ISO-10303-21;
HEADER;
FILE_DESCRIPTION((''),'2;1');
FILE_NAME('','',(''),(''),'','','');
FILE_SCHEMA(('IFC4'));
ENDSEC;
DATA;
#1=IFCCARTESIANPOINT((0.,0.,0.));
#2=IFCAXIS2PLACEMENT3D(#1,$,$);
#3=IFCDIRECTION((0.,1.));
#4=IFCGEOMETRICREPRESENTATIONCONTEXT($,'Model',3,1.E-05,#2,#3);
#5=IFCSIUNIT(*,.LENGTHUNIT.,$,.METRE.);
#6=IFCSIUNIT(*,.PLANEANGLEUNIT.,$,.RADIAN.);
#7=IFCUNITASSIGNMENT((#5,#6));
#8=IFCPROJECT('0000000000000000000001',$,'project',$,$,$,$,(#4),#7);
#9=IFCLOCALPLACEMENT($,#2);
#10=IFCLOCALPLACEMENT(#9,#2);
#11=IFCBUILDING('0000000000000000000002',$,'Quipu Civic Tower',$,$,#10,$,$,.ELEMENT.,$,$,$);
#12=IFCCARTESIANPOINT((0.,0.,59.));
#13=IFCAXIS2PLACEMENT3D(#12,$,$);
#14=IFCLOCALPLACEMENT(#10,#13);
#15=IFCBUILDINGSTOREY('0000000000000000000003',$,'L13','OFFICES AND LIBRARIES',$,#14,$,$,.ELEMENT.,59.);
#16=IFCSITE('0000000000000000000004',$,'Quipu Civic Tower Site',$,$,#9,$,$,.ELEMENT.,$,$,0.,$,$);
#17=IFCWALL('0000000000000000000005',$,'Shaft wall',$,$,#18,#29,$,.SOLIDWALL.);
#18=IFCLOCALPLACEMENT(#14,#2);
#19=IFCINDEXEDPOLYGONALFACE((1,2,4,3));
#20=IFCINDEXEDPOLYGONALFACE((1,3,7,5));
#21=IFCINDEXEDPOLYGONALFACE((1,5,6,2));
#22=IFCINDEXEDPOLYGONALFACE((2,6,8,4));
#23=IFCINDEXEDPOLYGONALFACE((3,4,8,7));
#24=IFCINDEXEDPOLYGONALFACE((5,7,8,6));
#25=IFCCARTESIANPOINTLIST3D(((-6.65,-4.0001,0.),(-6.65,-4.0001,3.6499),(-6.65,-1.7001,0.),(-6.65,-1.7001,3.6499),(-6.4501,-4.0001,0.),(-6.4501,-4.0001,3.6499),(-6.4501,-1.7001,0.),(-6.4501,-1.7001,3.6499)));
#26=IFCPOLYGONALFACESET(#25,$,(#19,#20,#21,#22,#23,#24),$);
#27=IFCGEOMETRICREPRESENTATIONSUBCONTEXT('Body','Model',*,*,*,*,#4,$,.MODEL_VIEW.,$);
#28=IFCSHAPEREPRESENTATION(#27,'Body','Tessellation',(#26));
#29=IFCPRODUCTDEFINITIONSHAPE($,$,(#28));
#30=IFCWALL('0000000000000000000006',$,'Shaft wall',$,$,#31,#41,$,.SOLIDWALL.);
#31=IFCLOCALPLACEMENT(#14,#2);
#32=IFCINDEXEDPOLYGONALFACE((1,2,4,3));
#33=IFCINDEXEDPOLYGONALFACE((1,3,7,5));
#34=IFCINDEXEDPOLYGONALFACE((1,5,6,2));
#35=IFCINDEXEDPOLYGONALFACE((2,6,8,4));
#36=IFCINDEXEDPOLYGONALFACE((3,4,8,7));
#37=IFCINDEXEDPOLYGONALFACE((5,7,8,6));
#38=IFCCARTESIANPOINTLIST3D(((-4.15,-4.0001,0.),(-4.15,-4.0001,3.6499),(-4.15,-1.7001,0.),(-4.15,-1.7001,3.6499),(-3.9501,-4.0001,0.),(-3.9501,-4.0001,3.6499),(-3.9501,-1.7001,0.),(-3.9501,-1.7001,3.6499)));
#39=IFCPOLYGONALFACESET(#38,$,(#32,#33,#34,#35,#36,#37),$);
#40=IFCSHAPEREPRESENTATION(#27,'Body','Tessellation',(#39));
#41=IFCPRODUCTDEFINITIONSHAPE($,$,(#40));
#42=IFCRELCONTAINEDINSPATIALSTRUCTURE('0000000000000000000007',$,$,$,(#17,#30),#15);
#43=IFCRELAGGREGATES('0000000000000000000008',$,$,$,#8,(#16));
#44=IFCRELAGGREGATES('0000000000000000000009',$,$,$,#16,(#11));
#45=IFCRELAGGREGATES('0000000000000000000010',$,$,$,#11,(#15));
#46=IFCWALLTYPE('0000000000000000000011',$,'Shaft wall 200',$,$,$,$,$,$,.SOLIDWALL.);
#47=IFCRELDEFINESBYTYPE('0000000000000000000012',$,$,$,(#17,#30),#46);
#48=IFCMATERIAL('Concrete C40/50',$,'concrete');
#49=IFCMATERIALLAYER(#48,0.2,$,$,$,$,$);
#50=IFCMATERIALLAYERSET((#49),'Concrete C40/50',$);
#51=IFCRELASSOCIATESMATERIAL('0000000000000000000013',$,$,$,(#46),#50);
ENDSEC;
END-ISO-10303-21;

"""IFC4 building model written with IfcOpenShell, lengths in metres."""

from ifc_helpers import new_model, si_unit, direction, frame, frame_2d, origin, place, context, subcontext, project, spatial, rectangle, extrude, material, layer, layer_set, type_object, element, save


model = new_model("IFC4")

# Units and contexts
model_context = context("Model", 3, precision=1e-05, world=origin(), true_north=direction((0.0, 1.0)))
body_context = subcontext(model_context, "Body", "Model", "MODEL_VIEW")
ifc_project = project(units=[si_unit("LENGTHUNIT", "METRE"), si_unit("PLANEANGLEUNIT", "RADIAN")], contexts=[model_context])

# Site, building, storey
site_placement = place(None, origin())
site = spatial("IfcSite", under=ifc_project, at=site_placement, Name="Quipu Civic Tower Site", CompositionType="ELEMENT", RefElevation=0.0)
building_placement = place(site_placement, origin())
building = spatial("IfcBuilding", under=site, at=building_placement, Name="Quipu Civic Tower", CompositionType="ELEMENT")
storey_placement = place(building_placement, frame((0.0, 0.0, 59.0)))
storey = spatial("IfcBuildingStorey", under=building, at=storey_placement, Name="L13", Description="OFFICES AND LIBRARIES", CompositionType="ELEMENT", Elevation=59.0)

# Walls
ifc_material_1 = material(Name="Concrete C40/50", Category="concrete")
ifc_layer_1 = layer(ifc_material_1, 0.2)
ifc_layer_set_1 = layer_set([ifc_layer_1], Name="Concrete C40/50")
wall_type_1 = type_object("IfcWallType", Name="Shaft wall 200", PredefinedType="SOLIDWALL", material=ifc_layer_set_1)
for number, where, z_axis, x_axis, name in (
    (1, (-6.55, -4.0, 0.0), (0.0, 0.0, 1.0), (0.0, 1.0, 0.0), "Shaft wall"),
    (2, (-4.05, -4.0, 0.0), (0.0, 0.0, 1.0), (0.0, 1.0, 0.0), "Shaft wall"),
):
    element("IfcWall", number, at=place(storey_placement, frame(where, z_axis=z_axis, x_axis=x_axis)), inside=storey, type_object=wall_type_1, Name=name, PredefinedType="SOLIDWALL", context=body_context, shape_type="SweptSolid", body=[
        extrude(rectangle(XDim=2.3, YDim=0.2, at=frame_2d((1.1499, 0.0))), origin(), (0.0, 0.0, 1.0), 3.6499),
    ])

save(model, "model.ifc")
